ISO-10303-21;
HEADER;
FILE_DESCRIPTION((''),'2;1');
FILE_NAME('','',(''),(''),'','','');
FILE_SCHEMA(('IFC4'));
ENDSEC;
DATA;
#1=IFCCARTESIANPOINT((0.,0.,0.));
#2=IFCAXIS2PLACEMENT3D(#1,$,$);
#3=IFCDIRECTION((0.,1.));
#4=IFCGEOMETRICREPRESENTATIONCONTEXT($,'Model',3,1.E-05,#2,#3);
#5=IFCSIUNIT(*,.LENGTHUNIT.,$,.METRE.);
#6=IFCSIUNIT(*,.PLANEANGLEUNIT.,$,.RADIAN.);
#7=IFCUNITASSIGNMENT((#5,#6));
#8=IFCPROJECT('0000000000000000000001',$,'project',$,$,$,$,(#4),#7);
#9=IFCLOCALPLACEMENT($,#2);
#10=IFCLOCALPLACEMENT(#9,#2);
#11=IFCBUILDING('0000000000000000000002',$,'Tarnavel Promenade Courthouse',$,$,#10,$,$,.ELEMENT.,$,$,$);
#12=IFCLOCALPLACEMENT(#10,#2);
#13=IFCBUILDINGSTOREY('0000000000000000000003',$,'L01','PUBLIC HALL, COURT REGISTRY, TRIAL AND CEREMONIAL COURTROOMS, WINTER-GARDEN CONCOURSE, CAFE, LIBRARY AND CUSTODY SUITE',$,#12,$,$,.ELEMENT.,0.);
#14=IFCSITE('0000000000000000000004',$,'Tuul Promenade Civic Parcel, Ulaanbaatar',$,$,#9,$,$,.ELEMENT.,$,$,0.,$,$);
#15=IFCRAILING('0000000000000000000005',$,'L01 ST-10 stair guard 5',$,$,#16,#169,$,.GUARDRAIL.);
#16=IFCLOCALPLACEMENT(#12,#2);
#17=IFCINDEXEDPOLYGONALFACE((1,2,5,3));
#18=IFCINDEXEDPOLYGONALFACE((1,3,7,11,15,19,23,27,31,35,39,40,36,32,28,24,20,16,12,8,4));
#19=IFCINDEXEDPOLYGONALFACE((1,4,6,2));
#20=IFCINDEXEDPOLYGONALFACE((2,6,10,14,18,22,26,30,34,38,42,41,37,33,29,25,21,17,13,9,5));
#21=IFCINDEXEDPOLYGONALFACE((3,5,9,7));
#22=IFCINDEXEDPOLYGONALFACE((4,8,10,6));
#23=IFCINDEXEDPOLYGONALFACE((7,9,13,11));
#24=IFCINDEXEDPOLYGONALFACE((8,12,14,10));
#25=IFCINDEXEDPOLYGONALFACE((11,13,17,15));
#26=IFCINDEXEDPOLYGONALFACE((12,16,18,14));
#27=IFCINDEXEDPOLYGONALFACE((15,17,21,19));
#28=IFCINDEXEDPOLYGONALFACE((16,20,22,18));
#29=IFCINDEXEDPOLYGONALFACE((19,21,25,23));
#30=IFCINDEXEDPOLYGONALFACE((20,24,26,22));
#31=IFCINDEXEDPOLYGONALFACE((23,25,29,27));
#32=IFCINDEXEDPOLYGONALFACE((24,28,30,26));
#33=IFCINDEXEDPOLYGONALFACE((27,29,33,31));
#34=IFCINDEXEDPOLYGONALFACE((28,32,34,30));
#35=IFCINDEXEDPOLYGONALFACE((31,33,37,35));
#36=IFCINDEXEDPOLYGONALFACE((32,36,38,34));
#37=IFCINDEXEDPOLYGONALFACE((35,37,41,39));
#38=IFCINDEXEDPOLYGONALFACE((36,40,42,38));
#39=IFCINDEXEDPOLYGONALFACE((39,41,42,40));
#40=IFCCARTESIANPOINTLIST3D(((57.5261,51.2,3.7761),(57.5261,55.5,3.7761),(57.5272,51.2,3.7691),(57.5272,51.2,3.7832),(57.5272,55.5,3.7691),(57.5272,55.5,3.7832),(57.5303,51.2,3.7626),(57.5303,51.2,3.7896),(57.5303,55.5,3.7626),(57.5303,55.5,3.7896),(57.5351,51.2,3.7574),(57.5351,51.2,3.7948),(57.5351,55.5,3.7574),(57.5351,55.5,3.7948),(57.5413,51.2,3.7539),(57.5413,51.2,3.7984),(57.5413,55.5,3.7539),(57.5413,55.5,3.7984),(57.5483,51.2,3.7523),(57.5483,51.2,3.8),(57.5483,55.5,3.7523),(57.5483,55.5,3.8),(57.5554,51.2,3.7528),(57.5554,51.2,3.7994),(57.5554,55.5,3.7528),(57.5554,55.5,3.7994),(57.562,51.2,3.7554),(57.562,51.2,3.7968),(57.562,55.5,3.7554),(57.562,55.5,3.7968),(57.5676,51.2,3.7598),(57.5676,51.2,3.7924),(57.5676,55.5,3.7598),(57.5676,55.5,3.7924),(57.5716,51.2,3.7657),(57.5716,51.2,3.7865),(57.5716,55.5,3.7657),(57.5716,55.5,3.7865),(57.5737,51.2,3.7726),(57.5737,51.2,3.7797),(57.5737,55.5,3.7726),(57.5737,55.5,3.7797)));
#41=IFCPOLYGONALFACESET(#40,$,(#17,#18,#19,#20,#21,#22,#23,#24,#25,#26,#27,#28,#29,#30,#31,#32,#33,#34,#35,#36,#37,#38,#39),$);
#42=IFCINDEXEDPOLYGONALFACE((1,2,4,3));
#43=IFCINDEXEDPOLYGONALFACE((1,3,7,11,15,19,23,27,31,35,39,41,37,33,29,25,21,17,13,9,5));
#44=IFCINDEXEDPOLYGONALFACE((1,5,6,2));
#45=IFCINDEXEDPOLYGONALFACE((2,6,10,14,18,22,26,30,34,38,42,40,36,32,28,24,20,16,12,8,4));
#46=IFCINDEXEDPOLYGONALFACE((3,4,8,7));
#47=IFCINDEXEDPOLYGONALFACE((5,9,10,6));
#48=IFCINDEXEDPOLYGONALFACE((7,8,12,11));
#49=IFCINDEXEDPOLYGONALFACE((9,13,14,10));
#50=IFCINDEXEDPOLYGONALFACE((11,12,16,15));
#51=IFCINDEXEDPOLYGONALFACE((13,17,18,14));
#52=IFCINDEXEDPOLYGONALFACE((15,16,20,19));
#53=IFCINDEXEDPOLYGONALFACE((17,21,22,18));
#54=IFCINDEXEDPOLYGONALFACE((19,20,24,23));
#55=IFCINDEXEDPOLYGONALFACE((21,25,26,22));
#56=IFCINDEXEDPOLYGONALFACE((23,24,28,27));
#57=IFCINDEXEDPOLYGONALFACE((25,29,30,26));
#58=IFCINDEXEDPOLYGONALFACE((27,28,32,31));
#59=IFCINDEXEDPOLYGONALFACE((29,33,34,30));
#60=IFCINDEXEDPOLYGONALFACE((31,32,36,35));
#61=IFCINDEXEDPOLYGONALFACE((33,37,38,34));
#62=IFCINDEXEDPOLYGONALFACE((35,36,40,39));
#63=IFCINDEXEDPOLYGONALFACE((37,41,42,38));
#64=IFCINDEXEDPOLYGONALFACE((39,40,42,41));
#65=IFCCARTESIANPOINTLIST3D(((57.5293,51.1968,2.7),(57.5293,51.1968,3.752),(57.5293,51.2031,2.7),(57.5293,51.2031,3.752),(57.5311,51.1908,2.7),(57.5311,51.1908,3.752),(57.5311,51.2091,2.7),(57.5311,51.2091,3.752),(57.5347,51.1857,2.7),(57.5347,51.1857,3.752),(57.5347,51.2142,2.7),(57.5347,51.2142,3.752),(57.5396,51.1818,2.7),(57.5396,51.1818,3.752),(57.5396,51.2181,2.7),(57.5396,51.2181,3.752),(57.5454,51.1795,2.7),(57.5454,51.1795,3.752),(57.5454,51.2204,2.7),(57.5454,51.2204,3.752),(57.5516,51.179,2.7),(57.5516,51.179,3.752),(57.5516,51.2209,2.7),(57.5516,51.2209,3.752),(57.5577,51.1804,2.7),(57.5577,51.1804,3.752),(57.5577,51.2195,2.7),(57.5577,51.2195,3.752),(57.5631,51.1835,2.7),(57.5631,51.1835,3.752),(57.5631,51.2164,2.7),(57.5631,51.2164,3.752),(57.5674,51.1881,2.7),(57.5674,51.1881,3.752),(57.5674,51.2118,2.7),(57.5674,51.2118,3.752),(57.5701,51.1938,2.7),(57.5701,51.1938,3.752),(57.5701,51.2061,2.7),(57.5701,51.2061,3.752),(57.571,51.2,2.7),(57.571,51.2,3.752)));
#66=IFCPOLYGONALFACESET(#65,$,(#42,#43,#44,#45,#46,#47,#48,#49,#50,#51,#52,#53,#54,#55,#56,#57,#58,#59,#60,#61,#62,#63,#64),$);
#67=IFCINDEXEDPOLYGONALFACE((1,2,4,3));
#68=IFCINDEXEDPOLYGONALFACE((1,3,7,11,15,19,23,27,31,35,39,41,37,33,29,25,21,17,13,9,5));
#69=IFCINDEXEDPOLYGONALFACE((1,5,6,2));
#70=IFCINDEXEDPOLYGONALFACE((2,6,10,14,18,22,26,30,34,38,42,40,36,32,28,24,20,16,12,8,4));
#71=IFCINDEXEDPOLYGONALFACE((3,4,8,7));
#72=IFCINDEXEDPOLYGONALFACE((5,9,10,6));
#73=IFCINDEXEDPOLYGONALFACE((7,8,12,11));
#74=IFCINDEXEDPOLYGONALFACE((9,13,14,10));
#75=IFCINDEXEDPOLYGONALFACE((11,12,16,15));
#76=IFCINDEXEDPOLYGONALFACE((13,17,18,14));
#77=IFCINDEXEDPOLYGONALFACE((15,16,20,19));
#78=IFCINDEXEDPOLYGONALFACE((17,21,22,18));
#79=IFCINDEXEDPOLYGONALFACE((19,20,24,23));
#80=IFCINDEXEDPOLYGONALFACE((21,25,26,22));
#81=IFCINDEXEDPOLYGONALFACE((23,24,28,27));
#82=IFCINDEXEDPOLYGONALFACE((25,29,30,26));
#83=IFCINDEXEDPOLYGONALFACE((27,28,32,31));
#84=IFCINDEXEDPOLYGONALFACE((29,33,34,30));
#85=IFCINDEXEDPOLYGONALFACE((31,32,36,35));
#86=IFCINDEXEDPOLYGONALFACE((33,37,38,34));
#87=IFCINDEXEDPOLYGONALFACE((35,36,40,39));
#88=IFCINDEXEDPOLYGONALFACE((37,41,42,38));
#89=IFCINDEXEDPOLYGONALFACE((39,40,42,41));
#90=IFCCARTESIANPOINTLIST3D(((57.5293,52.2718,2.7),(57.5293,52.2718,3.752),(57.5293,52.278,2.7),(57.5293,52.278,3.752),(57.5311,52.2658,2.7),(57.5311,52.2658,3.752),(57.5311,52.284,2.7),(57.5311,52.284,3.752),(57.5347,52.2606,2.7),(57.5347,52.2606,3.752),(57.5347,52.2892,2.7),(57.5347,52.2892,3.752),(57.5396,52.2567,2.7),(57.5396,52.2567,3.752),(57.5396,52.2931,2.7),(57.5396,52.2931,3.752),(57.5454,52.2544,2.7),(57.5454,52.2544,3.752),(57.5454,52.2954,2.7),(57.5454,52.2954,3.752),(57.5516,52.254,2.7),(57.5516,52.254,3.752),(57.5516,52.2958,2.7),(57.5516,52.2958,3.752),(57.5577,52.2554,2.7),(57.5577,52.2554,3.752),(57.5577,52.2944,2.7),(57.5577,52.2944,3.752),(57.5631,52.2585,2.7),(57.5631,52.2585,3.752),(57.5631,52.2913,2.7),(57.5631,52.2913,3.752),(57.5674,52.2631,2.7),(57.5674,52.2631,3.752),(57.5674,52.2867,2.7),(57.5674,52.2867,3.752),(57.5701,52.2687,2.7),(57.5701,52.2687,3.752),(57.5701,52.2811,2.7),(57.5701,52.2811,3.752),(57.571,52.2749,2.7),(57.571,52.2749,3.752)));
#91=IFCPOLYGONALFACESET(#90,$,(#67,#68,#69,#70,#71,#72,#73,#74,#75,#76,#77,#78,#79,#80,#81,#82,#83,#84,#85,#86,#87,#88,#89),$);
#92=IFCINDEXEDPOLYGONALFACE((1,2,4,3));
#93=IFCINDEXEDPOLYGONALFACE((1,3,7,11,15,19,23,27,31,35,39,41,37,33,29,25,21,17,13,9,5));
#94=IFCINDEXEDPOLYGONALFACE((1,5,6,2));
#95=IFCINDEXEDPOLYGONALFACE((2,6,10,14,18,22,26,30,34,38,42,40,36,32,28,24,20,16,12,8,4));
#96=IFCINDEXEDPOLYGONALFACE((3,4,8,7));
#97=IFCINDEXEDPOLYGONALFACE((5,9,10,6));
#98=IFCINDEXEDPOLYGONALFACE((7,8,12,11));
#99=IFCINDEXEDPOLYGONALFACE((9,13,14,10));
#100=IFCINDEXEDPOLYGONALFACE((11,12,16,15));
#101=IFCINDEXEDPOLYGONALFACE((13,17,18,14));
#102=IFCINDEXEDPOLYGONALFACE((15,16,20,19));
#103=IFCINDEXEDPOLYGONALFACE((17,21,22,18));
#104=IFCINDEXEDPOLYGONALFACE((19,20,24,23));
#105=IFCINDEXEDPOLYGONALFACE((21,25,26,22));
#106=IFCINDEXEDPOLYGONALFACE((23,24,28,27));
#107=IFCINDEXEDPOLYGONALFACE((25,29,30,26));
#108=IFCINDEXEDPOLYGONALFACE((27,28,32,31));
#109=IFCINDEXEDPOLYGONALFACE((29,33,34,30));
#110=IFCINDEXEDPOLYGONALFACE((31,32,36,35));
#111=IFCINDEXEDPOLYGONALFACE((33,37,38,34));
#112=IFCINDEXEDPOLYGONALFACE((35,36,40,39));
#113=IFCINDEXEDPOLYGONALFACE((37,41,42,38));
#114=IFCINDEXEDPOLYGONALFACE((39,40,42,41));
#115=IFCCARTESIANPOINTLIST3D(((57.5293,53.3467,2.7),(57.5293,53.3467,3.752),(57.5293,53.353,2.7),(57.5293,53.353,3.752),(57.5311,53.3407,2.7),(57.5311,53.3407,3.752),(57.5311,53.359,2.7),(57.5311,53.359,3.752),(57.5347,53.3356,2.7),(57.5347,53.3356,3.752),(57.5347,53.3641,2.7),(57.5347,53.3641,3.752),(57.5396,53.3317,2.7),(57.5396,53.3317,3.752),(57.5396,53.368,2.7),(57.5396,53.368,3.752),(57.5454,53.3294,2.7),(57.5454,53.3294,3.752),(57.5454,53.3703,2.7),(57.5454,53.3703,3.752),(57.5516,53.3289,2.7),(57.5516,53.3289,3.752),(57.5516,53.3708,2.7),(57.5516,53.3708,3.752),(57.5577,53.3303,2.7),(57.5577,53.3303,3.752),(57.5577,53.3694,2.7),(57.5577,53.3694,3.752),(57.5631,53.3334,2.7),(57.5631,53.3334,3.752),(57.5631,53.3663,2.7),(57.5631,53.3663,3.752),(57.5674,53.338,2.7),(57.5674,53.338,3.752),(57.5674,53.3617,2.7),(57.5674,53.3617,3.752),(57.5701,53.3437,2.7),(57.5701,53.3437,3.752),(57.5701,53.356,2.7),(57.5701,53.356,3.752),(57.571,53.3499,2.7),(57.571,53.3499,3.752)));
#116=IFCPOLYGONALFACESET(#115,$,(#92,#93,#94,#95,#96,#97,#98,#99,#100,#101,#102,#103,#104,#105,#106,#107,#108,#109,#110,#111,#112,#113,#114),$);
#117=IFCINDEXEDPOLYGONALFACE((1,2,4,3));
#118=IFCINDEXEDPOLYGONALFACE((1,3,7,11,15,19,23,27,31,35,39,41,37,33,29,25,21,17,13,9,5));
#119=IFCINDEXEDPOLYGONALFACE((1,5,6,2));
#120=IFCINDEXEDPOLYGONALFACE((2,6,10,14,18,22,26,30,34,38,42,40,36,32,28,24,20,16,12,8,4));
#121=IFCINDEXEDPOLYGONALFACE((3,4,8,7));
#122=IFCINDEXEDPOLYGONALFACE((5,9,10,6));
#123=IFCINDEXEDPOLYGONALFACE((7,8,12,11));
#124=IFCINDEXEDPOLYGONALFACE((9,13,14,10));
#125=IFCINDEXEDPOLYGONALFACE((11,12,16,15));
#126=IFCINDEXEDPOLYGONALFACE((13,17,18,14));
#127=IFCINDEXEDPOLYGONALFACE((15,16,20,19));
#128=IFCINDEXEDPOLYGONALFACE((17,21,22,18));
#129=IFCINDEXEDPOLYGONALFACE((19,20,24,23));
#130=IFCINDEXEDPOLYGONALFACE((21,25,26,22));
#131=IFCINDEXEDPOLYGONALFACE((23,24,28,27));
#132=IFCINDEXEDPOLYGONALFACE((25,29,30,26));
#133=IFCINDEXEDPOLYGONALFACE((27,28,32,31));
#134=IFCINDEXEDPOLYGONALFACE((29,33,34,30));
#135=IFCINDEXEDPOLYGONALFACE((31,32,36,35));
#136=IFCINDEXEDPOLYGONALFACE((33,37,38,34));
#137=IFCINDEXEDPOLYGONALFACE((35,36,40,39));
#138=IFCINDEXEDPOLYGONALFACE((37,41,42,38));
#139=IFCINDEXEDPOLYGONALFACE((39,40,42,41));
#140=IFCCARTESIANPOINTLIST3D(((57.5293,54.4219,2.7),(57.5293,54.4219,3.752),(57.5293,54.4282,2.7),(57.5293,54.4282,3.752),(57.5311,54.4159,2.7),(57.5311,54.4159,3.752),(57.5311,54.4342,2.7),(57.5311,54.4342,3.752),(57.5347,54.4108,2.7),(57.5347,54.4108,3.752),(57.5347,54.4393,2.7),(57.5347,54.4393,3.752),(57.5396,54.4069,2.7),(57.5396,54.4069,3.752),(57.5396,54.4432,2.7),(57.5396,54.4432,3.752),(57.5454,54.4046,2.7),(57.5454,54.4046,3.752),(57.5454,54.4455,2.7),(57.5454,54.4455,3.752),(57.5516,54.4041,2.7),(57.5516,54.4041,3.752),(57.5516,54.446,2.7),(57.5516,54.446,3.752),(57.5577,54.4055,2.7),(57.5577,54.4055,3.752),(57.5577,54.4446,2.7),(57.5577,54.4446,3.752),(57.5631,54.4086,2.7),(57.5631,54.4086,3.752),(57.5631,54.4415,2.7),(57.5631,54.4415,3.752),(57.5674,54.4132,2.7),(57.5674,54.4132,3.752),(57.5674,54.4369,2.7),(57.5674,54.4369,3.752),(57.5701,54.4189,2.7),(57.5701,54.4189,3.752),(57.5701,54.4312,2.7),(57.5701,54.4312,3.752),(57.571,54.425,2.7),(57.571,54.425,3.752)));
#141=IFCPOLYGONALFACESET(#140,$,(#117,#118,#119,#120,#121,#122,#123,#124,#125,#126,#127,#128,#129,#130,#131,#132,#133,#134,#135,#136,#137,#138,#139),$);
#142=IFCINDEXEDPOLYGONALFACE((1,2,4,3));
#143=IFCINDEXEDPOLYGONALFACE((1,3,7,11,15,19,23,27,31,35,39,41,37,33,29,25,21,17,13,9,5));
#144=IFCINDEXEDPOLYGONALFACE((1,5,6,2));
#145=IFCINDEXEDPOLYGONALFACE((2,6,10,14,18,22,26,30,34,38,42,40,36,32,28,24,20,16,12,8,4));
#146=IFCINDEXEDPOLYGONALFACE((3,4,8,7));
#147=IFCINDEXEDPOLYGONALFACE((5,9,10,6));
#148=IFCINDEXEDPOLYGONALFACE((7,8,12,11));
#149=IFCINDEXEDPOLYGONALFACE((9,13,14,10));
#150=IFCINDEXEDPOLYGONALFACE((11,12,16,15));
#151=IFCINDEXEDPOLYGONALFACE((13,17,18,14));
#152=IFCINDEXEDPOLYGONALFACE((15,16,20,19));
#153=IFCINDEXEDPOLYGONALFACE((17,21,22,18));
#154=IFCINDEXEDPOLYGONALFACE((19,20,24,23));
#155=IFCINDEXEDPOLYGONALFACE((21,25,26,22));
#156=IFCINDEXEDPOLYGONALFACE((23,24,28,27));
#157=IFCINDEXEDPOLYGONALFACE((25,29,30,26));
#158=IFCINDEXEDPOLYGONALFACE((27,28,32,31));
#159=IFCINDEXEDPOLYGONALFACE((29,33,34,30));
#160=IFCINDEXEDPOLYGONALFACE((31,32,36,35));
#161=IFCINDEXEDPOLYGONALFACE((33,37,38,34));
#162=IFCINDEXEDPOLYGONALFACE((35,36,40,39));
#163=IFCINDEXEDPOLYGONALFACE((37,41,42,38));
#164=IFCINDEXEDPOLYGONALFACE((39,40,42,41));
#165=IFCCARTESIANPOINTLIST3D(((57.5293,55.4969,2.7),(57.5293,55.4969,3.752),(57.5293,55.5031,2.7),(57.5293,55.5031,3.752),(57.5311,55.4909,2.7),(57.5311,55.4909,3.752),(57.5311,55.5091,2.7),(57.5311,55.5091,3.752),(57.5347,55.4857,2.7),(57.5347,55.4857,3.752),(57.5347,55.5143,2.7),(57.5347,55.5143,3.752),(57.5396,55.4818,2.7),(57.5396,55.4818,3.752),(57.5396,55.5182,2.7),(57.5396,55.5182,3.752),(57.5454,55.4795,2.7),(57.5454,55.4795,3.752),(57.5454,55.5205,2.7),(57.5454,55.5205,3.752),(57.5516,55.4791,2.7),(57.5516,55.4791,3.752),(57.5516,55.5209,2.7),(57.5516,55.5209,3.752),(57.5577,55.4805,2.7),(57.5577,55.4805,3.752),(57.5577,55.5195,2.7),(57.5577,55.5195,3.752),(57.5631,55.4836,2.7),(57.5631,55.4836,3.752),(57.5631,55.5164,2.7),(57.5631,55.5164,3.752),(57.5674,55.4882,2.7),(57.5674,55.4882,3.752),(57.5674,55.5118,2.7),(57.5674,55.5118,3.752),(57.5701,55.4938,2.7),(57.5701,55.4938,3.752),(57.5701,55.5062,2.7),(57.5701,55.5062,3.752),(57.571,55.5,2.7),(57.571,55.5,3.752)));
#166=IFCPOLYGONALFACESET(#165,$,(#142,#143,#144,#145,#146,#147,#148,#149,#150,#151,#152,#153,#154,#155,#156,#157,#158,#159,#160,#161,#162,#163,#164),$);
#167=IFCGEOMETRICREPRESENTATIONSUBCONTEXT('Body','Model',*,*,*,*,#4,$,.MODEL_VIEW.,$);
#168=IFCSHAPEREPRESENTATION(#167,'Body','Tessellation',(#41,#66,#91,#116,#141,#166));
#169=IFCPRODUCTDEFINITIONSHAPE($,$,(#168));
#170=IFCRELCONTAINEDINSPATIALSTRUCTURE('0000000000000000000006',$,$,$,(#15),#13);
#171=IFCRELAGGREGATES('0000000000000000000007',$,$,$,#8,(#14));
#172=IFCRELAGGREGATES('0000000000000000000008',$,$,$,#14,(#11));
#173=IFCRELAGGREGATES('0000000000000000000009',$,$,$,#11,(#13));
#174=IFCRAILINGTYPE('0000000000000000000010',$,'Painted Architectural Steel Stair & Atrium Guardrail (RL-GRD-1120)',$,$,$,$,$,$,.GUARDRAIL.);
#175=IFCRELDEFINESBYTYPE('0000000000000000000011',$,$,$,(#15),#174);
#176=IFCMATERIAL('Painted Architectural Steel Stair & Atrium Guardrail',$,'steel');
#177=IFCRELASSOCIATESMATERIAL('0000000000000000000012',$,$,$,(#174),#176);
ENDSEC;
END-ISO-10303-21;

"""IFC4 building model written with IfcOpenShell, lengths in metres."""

from ifc_helpers import new_model, si_unit, direction, frame, origin, origin_2d, place, context, subcontext, project, spatial, circle, extrude, material, type_object, element, save


model = new_model("IFC4")

# Units and contexts
model_context = context("Model", 3, precision=1e-05, world=origin(), true_north=direction((0.0, 1.0)))
body_context = subcontext(model_context, "Body", "Model", "MODEL_VIEW")
ifc_project = project(units=[si_unit("LENGTHUNIT", "METRE"), si_unit("PLANEANGLEUNIT", "RADIAN")], contexts=[model_context])

# Site, building, storey
site_placement = place(None, origin())
site = spatial("IfcSite", under=ifc_project, at=site_placement, Name="Tuul Promenade Civic Parcel, Ulaanbaatar", CompositionType="ELEMENT", RefElevation=0.0)
building_placement = place(site_placement, origin())
building = spatial("IfcBuilding", under=site, at=building_placement, Name="Tarnavel Promenade Courthouse", CompositionType="ELEMENT")
storey_placement = place(building_placement, origin())
storey = spatial("IfcBuildingStorey", under=building, at=storey_placement, Name="L01", Description="PUBLIC HALL, COURT REGISTRY, TRIAL AND CEREMONIAL COURTROOMS, WINTER-GARDEN CONCOURSE, CAFE, LIBRARY AND CUSTODY SUITE", CompositionType="ELEMENT", Elevation=0.0)

# Railing
ifc_material_1 = material(Name="Painted Architectural Steel Stair & Atrium Guardrail", Category="steel")
railing_type_1 = type_object("IfcRailingType", Name="Painted Architectural Steel Stair & Atrium Guardrail (RL-GRD-1120)", PredefinedType="GUARDRAIL", material=ifc_material_1)
railing_1_placement = place(storey_placement, frame((57.55, 51.2, 2.7)))
element("IfcRailing", 1, at=railing_1_placement, inside=storey, type_object=railing_type_1, Name="L01 ST-10 stair guard 5", PredefinedType="GUARDRAIL", context=body_context, shape_type="SweptSolid", body=[
    extrude(circle(Radius=0.0239, at=origin_2d()), frame((0.0, 0.0, 1.0762), z_axis=(0.0, 1.0, 0.0), x_axis=(-1.0, 0.0, 0.0)), (0.0, 0.0, 1.0), 4.3),
    extrude(circle(Radius=0.021, at=origin_2d()), origin(), (0.0, 0.0, 1.0), 1.052),
    extrude(circle(Radius=0.021, at=origin_2d()), frame((0.0, 1.075, 0.0)), (0.0, 0.0, 1.0), 1.052),
    extrude(circle(Radius=0.021, at=origin_2d()), frame((0.0, 2.1499, 0.0)), (0.0, 0.0, 1.0), 1.052),
    extrude(circle(Radius=0.021, at=origin_2d()), frame((0.0, 3.2251, 0.0)), (0.0, 0.0, 1.0), 1.052),
    extrude(circle(Radius=0.021, at=origin_2d()), frame((0.0, 4.3, 0.0)), (0.0, 0.0, 1.0), 1.052),
])

save(model, "model.ifc")
